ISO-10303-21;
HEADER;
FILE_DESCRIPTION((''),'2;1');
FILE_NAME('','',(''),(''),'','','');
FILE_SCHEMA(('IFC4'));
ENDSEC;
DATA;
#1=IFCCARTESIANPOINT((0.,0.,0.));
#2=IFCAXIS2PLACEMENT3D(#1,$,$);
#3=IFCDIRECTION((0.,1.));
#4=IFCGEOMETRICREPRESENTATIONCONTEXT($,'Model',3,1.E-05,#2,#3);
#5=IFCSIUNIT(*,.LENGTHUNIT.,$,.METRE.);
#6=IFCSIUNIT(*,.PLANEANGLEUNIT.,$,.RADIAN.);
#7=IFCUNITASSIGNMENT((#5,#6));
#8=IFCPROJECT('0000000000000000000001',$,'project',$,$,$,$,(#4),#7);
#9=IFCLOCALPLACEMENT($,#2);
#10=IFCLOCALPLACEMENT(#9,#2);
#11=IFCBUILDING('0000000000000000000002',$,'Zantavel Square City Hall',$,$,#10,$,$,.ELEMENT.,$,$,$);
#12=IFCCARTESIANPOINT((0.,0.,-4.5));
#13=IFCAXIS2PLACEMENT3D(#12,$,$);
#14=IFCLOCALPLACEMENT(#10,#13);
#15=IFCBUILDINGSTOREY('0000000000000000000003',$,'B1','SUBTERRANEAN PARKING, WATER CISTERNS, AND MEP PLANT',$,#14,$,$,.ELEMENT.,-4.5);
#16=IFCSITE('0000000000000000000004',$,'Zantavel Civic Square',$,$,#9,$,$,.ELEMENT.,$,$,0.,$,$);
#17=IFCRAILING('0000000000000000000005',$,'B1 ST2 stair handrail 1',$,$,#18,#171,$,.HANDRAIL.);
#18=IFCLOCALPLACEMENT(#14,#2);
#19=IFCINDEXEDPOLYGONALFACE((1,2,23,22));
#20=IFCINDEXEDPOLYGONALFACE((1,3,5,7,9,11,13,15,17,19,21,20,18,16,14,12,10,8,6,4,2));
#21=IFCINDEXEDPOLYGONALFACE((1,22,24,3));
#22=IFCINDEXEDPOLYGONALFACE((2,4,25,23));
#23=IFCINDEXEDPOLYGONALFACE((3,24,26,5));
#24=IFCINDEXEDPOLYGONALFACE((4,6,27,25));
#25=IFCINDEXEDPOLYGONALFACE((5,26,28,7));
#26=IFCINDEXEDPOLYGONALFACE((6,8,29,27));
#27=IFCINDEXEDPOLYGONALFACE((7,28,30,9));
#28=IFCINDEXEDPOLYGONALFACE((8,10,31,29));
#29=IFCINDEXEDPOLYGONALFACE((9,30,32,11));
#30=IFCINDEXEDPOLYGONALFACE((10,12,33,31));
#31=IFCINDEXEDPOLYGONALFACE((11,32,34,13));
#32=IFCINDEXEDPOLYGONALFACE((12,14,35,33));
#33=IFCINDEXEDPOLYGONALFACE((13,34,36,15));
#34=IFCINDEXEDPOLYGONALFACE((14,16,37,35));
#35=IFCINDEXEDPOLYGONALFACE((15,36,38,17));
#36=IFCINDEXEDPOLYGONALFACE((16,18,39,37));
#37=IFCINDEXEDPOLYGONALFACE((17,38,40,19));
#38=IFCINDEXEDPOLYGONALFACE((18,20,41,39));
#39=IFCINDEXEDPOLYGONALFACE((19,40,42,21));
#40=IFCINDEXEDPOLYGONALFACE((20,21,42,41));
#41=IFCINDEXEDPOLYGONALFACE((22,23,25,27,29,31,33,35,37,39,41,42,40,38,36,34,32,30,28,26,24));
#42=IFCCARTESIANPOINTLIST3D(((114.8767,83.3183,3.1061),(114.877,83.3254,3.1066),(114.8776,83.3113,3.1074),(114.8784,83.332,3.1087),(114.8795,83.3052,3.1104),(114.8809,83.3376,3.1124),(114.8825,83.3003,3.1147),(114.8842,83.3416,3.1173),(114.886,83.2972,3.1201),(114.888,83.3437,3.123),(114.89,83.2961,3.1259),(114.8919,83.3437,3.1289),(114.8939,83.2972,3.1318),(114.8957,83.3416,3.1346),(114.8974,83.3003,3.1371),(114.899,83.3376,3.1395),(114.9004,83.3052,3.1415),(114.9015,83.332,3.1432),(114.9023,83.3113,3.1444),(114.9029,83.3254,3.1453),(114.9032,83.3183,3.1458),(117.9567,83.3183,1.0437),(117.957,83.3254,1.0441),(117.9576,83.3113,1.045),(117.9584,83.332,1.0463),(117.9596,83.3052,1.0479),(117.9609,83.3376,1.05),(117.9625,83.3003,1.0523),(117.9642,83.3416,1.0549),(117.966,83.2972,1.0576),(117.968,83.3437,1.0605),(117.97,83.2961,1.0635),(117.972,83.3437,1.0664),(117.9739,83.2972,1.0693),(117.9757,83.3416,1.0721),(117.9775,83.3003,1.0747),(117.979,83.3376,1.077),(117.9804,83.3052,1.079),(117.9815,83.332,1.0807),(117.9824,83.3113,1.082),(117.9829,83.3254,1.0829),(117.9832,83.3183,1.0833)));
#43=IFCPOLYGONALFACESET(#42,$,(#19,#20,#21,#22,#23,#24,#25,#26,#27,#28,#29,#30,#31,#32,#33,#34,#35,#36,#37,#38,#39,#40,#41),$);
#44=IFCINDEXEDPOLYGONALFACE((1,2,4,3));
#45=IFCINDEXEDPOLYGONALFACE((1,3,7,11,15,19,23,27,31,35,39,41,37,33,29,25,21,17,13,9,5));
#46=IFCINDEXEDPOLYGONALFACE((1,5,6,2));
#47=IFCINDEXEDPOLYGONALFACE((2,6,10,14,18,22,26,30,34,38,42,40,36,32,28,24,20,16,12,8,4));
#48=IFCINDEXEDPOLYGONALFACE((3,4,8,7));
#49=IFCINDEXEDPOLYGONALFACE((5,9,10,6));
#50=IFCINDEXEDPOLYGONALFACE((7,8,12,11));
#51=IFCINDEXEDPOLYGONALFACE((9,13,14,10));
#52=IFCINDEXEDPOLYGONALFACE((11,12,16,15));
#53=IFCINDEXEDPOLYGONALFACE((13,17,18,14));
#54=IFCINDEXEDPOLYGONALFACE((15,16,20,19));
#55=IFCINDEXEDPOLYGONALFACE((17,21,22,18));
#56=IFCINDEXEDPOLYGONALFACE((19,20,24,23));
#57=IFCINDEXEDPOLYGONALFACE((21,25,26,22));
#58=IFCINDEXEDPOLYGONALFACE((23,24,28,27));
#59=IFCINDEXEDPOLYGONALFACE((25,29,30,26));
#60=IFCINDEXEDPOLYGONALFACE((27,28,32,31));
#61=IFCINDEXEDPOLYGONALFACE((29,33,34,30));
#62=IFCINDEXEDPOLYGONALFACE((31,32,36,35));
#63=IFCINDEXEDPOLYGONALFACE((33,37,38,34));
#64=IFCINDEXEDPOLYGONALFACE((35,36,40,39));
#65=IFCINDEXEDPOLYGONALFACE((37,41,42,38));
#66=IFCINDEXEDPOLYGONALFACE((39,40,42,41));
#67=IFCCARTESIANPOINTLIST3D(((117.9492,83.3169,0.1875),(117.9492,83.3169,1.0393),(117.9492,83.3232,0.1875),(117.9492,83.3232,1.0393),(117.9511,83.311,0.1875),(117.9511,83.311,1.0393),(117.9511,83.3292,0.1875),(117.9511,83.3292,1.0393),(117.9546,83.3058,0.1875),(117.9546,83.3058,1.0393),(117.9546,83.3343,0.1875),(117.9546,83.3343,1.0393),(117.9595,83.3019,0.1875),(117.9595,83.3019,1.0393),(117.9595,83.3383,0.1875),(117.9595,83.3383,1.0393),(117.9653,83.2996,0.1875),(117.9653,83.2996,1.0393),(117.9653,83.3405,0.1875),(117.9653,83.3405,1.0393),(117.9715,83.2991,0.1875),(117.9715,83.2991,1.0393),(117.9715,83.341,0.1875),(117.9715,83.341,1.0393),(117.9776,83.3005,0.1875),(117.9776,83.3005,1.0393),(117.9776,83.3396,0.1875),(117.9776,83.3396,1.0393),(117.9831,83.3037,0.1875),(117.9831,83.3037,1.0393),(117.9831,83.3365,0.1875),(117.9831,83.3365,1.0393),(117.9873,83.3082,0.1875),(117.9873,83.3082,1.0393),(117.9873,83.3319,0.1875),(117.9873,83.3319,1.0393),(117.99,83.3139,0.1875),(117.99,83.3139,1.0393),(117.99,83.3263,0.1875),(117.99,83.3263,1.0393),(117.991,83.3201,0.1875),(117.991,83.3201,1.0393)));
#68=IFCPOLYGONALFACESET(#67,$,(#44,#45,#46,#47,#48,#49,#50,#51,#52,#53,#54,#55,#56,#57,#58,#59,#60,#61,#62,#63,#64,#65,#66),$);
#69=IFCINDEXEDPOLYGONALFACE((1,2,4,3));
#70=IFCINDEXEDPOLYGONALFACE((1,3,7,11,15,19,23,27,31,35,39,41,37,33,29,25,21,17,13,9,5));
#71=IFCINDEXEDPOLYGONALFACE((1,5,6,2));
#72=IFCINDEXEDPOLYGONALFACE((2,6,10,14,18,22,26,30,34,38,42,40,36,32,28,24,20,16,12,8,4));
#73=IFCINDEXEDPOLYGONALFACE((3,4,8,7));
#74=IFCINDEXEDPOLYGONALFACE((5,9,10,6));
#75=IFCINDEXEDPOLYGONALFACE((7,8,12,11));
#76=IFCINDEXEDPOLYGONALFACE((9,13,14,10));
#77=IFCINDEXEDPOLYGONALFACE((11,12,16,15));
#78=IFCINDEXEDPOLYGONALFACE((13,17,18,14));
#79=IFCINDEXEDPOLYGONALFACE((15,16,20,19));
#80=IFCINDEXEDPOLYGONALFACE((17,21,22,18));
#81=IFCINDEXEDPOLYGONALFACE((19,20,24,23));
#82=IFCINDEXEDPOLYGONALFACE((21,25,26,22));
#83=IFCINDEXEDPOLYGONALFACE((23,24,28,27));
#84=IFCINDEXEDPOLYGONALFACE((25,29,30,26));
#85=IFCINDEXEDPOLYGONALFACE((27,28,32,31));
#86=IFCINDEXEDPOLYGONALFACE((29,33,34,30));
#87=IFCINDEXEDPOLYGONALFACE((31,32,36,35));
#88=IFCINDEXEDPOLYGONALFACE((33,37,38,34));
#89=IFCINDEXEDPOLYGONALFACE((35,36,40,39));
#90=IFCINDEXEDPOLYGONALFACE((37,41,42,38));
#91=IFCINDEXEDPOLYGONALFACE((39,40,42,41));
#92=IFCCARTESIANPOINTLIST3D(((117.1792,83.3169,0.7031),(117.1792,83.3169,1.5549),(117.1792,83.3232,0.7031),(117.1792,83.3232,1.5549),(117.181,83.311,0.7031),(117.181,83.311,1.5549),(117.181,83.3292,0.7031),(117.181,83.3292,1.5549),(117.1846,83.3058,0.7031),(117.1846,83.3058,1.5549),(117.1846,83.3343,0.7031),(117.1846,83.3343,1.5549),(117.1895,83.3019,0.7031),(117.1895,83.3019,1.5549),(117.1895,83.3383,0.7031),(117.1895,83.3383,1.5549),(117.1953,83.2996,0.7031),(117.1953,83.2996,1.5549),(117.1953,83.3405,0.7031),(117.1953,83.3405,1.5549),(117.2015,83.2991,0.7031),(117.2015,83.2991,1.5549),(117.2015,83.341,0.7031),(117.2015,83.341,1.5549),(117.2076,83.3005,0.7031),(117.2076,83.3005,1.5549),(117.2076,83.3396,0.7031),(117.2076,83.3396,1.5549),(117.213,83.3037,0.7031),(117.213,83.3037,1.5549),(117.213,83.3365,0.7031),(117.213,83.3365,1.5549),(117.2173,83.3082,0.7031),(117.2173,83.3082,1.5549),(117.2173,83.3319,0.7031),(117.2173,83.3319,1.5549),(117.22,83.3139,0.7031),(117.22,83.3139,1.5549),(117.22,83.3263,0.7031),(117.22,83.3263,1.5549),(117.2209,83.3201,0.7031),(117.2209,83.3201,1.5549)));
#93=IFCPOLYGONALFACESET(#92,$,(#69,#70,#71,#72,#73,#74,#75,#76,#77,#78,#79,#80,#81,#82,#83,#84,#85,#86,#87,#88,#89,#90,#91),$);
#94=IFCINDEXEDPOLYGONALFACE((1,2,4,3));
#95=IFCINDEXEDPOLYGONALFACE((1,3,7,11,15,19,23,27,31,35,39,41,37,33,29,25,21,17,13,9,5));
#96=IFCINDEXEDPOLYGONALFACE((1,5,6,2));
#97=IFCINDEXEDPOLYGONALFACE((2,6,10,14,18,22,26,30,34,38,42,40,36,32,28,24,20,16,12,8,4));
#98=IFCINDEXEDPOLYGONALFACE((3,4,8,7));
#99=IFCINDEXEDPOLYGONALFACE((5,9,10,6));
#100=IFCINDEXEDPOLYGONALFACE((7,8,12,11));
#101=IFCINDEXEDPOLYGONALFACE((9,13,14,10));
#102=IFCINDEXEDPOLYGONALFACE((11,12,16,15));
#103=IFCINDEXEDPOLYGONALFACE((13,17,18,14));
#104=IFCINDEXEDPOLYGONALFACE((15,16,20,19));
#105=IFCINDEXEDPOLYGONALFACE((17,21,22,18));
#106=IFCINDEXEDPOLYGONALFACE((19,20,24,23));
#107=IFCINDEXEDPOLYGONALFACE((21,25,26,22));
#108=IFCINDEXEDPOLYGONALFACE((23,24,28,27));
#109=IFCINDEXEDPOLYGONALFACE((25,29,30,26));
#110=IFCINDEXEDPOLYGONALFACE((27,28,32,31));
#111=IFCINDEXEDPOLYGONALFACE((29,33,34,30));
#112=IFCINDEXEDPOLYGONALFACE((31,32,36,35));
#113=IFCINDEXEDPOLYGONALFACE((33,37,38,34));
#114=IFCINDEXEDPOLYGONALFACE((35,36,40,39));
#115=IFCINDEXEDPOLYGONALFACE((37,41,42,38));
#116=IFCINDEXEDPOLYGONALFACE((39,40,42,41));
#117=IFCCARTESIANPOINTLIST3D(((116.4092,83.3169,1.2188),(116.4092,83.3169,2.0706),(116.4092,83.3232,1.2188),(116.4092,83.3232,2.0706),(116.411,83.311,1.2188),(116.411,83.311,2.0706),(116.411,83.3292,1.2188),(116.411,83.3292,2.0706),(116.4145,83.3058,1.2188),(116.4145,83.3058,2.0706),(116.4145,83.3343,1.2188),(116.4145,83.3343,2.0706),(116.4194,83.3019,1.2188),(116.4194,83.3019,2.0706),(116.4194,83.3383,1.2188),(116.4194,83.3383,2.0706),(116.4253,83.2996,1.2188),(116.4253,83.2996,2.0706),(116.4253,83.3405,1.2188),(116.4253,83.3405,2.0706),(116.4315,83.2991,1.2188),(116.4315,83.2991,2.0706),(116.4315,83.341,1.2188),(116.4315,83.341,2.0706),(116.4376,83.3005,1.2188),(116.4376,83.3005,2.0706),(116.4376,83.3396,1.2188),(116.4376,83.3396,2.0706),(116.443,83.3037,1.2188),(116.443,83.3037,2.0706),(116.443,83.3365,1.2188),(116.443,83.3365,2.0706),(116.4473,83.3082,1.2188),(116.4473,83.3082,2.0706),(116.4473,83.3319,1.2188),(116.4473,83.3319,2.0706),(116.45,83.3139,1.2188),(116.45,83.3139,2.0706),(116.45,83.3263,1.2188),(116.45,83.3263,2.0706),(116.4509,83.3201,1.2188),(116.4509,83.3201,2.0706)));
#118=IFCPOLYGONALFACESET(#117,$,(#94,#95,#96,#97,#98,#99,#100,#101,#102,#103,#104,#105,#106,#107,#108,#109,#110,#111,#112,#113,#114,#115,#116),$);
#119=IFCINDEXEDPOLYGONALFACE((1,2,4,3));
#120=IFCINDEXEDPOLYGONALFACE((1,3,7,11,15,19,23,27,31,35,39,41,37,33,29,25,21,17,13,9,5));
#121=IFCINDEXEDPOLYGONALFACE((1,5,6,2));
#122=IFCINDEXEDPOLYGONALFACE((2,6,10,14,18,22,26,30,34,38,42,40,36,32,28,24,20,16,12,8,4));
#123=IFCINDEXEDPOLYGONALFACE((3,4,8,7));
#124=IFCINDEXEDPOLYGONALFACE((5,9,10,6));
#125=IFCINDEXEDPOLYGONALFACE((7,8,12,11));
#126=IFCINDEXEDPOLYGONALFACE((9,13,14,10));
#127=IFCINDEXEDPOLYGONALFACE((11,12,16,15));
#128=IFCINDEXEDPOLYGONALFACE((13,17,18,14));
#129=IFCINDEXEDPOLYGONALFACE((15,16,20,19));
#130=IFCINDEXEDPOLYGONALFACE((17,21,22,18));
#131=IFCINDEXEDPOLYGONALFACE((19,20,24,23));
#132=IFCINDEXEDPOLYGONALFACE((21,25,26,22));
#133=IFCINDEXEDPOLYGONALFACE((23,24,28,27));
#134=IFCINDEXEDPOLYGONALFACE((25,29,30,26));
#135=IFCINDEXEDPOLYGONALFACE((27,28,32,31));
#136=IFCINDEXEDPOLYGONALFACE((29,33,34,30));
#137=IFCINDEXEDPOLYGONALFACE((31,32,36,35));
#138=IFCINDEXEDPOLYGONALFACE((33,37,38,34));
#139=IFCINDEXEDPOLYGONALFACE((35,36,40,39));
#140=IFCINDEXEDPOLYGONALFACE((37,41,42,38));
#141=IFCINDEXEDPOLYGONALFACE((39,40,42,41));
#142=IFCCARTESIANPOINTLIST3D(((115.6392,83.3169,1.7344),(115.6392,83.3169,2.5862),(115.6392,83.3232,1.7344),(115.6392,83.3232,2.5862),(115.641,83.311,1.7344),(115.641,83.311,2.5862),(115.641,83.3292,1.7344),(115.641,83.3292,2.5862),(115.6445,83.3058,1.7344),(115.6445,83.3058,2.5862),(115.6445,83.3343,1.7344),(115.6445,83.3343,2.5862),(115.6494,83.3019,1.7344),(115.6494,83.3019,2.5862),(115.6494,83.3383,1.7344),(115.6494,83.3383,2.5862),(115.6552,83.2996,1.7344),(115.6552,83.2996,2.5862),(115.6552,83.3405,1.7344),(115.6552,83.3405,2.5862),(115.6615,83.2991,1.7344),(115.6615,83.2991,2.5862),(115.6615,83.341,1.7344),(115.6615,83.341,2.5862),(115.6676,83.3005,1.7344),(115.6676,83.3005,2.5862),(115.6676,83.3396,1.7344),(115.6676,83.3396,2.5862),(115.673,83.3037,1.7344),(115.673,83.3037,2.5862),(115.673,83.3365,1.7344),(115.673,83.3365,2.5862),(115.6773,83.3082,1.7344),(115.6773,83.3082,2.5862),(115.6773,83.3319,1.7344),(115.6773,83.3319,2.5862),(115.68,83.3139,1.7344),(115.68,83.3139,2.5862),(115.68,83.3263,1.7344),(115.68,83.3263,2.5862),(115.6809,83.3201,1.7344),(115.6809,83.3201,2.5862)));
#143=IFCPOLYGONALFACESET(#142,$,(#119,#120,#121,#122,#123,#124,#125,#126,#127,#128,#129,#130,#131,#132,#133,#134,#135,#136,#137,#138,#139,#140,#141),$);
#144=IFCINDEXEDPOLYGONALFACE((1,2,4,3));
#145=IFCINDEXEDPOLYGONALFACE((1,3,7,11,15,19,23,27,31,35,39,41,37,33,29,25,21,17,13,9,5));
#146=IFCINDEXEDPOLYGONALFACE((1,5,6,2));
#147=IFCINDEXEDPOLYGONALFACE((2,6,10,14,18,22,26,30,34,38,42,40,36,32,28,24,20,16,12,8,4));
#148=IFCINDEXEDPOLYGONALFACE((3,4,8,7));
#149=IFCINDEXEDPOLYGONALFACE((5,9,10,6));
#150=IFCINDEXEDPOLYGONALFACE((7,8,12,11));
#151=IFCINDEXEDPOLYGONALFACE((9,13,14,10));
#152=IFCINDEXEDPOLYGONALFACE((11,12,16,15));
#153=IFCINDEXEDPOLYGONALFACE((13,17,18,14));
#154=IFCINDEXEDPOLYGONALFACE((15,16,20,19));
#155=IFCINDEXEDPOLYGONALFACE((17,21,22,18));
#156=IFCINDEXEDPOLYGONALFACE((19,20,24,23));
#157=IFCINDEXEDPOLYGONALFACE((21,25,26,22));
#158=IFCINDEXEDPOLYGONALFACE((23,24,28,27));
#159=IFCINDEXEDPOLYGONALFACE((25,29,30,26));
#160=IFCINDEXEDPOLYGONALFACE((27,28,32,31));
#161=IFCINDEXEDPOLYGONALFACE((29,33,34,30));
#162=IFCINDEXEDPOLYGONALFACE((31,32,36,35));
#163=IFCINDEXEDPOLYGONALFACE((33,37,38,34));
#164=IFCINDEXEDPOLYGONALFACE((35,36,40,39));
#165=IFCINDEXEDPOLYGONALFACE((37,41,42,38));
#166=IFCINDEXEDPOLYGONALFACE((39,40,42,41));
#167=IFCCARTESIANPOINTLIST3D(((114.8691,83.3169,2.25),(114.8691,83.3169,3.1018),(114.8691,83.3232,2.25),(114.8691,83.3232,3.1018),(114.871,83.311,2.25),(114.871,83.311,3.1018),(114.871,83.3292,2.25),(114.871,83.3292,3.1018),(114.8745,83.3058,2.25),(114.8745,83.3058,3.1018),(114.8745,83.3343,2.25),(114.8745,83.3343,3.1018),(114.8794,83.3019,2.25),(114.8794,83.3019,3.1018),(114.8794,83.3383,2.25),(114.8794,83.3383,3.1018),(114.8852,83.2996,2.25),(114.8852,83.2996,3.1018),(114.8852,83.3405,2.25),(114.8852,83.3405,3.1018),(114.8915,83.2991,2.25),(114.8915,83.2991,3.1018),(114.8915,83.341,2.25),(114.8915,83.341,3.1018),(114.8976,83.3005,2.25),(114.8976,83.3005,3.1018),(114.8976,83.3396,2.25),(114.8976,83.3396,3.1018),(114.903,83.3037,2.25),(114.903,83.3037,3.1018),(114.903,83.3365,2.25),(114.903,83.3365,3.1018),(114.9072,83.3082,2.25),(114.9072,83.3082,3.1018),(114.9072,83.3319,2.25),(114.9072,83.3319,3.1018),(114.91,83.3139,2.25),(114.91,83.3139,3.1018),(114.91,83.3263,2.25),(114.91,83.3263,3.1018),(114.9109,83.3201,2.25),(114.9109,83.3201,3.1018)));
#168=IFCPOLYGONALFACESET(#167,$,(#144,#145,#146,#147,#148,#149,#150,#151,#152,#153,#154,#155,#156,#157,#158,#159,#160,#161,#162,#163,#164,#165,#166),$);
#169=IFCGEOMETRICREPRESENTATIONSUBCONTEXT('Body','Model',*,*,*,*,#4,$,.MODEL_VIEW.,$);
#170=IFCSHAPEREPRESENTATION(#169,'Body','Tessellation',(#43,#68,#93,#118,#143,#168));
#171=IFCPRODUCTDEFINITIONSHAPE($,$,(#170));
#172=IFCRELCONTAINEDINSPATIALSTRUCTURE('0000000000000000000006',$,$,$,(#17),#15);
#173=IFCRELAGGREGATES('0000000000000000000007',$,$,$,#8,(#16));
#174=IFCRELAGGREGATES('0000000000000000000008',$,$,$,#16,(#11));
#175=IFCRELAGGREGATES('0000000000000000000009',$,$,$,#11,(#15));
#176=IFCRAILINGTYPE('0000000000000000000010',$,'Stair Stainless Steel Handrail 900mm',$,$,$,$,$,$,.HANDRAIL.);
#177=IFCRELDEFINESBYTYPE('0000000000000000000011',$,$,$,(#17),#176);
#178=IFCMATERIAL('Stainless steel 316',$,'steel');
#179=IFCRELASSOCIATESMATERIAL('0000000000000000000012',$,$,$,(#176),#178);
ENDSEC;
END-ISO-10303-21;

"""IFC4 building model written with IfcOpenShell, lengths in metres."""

from ifc_helpers import new_model, si_unit, direction, frame, origin, origin_2d, place, context, subcontext, project, spatial, circle, extrude, material, type_object, element, save


model = new_model("IFC4")

# Units and contexts
model_context = context("Model", 3, precision=1e-05, world=origin(), true_north=direction((0.0, 1.0)))
body_context = subcontext(model_context, "Body", "Model", "MODEL_VIEW")
ifc_project = project(units=[si_unit("LENGTHUNIT", "METRE"), si_unit("PLANEANGLEUNIT", "RADIAN")], contexts=[model_context])

# Site, building, storey
site_placement = place(None, origin())
site = spatial("IfcSite", under=ifc_project, at=site_placement, Name="Zantavel Civic Square", CompositionType="ELEMENT", RefElevation=0.0)
building_placement = place(site_placement, origin())
building = spatial("IfcBuilding", under=site, at=building_placement, Name="Zantavel Square City Hall", CompositionType="ELEMENT")
storey_placement = place(building_placement, frame((0.0, 0.0, -4.5)))
storey = spatial("IfcBuildingStorey", under=building, at=storey_placement, Name="B1", Description="SUBTERRANEAN PARKING, WATER CISTERNS, AND MEP PLANT", CompositionType="ELEMENT", Elevation=-4.5)

# Railing
ifc_material_1 = material(Name="Stainless steel 316", Category="steel")
railing_type = type_object("IfcRailingType", Name="Stair Stainless Steel Handrail 900mm", PredefinedType="HANDRAIL", material=ifc_material_1)
railing_placement = place(storey_placement, frame((117.97, 83.3201, 0.1875)))
element("IfcRailing", 1, at=railing_placement, inside=storey, type_object=railing_type, Name="B1 ST2 stair handrail 1", PredefinedType="HANDRAIL", context=body_context, shape_type="SweptSolid", body=[
    extrude(circle(Radius=0.0239, at=origin_2d()), frame((0.0, 0.0, 0.876), z_axis=(-0.830914, 0.0, 0.556401), x_axis=(0.0, -1.0, 0.0)), (0.0, 0.0, 1.0), 3.7068),
    extrude(circle(Radius=0.021, at=origin_2d()), origin(), (0.0, 0.0, 1.0), 0.8518),
    extrude(circle(Radius=0.021, at=origin_2d()), frame((-0.77, 0.0, 0.5156)), (0.0, 0.0, 1.0), 0.8518),
    extrude(circle(Radius=0.021, at=origin_2d()), frame((-1.54, 0.0, 1.0312)), (0.0, 0.0, 1.0), 0.8518),
    extrude(circle(Radius=0.021, at=origin_2d()), frame((-2.3101, 0.0, 1.5469)), (0.0, 0.0, 1.0), 0.8518),
    extrude(circle(Radius=0.021, at=origin_2d()), frame((-3.0801, 0.0, 2.0625)), (0.0, 0.0, 1.0), 0.8518),
])

save(model, "model.ifc")
